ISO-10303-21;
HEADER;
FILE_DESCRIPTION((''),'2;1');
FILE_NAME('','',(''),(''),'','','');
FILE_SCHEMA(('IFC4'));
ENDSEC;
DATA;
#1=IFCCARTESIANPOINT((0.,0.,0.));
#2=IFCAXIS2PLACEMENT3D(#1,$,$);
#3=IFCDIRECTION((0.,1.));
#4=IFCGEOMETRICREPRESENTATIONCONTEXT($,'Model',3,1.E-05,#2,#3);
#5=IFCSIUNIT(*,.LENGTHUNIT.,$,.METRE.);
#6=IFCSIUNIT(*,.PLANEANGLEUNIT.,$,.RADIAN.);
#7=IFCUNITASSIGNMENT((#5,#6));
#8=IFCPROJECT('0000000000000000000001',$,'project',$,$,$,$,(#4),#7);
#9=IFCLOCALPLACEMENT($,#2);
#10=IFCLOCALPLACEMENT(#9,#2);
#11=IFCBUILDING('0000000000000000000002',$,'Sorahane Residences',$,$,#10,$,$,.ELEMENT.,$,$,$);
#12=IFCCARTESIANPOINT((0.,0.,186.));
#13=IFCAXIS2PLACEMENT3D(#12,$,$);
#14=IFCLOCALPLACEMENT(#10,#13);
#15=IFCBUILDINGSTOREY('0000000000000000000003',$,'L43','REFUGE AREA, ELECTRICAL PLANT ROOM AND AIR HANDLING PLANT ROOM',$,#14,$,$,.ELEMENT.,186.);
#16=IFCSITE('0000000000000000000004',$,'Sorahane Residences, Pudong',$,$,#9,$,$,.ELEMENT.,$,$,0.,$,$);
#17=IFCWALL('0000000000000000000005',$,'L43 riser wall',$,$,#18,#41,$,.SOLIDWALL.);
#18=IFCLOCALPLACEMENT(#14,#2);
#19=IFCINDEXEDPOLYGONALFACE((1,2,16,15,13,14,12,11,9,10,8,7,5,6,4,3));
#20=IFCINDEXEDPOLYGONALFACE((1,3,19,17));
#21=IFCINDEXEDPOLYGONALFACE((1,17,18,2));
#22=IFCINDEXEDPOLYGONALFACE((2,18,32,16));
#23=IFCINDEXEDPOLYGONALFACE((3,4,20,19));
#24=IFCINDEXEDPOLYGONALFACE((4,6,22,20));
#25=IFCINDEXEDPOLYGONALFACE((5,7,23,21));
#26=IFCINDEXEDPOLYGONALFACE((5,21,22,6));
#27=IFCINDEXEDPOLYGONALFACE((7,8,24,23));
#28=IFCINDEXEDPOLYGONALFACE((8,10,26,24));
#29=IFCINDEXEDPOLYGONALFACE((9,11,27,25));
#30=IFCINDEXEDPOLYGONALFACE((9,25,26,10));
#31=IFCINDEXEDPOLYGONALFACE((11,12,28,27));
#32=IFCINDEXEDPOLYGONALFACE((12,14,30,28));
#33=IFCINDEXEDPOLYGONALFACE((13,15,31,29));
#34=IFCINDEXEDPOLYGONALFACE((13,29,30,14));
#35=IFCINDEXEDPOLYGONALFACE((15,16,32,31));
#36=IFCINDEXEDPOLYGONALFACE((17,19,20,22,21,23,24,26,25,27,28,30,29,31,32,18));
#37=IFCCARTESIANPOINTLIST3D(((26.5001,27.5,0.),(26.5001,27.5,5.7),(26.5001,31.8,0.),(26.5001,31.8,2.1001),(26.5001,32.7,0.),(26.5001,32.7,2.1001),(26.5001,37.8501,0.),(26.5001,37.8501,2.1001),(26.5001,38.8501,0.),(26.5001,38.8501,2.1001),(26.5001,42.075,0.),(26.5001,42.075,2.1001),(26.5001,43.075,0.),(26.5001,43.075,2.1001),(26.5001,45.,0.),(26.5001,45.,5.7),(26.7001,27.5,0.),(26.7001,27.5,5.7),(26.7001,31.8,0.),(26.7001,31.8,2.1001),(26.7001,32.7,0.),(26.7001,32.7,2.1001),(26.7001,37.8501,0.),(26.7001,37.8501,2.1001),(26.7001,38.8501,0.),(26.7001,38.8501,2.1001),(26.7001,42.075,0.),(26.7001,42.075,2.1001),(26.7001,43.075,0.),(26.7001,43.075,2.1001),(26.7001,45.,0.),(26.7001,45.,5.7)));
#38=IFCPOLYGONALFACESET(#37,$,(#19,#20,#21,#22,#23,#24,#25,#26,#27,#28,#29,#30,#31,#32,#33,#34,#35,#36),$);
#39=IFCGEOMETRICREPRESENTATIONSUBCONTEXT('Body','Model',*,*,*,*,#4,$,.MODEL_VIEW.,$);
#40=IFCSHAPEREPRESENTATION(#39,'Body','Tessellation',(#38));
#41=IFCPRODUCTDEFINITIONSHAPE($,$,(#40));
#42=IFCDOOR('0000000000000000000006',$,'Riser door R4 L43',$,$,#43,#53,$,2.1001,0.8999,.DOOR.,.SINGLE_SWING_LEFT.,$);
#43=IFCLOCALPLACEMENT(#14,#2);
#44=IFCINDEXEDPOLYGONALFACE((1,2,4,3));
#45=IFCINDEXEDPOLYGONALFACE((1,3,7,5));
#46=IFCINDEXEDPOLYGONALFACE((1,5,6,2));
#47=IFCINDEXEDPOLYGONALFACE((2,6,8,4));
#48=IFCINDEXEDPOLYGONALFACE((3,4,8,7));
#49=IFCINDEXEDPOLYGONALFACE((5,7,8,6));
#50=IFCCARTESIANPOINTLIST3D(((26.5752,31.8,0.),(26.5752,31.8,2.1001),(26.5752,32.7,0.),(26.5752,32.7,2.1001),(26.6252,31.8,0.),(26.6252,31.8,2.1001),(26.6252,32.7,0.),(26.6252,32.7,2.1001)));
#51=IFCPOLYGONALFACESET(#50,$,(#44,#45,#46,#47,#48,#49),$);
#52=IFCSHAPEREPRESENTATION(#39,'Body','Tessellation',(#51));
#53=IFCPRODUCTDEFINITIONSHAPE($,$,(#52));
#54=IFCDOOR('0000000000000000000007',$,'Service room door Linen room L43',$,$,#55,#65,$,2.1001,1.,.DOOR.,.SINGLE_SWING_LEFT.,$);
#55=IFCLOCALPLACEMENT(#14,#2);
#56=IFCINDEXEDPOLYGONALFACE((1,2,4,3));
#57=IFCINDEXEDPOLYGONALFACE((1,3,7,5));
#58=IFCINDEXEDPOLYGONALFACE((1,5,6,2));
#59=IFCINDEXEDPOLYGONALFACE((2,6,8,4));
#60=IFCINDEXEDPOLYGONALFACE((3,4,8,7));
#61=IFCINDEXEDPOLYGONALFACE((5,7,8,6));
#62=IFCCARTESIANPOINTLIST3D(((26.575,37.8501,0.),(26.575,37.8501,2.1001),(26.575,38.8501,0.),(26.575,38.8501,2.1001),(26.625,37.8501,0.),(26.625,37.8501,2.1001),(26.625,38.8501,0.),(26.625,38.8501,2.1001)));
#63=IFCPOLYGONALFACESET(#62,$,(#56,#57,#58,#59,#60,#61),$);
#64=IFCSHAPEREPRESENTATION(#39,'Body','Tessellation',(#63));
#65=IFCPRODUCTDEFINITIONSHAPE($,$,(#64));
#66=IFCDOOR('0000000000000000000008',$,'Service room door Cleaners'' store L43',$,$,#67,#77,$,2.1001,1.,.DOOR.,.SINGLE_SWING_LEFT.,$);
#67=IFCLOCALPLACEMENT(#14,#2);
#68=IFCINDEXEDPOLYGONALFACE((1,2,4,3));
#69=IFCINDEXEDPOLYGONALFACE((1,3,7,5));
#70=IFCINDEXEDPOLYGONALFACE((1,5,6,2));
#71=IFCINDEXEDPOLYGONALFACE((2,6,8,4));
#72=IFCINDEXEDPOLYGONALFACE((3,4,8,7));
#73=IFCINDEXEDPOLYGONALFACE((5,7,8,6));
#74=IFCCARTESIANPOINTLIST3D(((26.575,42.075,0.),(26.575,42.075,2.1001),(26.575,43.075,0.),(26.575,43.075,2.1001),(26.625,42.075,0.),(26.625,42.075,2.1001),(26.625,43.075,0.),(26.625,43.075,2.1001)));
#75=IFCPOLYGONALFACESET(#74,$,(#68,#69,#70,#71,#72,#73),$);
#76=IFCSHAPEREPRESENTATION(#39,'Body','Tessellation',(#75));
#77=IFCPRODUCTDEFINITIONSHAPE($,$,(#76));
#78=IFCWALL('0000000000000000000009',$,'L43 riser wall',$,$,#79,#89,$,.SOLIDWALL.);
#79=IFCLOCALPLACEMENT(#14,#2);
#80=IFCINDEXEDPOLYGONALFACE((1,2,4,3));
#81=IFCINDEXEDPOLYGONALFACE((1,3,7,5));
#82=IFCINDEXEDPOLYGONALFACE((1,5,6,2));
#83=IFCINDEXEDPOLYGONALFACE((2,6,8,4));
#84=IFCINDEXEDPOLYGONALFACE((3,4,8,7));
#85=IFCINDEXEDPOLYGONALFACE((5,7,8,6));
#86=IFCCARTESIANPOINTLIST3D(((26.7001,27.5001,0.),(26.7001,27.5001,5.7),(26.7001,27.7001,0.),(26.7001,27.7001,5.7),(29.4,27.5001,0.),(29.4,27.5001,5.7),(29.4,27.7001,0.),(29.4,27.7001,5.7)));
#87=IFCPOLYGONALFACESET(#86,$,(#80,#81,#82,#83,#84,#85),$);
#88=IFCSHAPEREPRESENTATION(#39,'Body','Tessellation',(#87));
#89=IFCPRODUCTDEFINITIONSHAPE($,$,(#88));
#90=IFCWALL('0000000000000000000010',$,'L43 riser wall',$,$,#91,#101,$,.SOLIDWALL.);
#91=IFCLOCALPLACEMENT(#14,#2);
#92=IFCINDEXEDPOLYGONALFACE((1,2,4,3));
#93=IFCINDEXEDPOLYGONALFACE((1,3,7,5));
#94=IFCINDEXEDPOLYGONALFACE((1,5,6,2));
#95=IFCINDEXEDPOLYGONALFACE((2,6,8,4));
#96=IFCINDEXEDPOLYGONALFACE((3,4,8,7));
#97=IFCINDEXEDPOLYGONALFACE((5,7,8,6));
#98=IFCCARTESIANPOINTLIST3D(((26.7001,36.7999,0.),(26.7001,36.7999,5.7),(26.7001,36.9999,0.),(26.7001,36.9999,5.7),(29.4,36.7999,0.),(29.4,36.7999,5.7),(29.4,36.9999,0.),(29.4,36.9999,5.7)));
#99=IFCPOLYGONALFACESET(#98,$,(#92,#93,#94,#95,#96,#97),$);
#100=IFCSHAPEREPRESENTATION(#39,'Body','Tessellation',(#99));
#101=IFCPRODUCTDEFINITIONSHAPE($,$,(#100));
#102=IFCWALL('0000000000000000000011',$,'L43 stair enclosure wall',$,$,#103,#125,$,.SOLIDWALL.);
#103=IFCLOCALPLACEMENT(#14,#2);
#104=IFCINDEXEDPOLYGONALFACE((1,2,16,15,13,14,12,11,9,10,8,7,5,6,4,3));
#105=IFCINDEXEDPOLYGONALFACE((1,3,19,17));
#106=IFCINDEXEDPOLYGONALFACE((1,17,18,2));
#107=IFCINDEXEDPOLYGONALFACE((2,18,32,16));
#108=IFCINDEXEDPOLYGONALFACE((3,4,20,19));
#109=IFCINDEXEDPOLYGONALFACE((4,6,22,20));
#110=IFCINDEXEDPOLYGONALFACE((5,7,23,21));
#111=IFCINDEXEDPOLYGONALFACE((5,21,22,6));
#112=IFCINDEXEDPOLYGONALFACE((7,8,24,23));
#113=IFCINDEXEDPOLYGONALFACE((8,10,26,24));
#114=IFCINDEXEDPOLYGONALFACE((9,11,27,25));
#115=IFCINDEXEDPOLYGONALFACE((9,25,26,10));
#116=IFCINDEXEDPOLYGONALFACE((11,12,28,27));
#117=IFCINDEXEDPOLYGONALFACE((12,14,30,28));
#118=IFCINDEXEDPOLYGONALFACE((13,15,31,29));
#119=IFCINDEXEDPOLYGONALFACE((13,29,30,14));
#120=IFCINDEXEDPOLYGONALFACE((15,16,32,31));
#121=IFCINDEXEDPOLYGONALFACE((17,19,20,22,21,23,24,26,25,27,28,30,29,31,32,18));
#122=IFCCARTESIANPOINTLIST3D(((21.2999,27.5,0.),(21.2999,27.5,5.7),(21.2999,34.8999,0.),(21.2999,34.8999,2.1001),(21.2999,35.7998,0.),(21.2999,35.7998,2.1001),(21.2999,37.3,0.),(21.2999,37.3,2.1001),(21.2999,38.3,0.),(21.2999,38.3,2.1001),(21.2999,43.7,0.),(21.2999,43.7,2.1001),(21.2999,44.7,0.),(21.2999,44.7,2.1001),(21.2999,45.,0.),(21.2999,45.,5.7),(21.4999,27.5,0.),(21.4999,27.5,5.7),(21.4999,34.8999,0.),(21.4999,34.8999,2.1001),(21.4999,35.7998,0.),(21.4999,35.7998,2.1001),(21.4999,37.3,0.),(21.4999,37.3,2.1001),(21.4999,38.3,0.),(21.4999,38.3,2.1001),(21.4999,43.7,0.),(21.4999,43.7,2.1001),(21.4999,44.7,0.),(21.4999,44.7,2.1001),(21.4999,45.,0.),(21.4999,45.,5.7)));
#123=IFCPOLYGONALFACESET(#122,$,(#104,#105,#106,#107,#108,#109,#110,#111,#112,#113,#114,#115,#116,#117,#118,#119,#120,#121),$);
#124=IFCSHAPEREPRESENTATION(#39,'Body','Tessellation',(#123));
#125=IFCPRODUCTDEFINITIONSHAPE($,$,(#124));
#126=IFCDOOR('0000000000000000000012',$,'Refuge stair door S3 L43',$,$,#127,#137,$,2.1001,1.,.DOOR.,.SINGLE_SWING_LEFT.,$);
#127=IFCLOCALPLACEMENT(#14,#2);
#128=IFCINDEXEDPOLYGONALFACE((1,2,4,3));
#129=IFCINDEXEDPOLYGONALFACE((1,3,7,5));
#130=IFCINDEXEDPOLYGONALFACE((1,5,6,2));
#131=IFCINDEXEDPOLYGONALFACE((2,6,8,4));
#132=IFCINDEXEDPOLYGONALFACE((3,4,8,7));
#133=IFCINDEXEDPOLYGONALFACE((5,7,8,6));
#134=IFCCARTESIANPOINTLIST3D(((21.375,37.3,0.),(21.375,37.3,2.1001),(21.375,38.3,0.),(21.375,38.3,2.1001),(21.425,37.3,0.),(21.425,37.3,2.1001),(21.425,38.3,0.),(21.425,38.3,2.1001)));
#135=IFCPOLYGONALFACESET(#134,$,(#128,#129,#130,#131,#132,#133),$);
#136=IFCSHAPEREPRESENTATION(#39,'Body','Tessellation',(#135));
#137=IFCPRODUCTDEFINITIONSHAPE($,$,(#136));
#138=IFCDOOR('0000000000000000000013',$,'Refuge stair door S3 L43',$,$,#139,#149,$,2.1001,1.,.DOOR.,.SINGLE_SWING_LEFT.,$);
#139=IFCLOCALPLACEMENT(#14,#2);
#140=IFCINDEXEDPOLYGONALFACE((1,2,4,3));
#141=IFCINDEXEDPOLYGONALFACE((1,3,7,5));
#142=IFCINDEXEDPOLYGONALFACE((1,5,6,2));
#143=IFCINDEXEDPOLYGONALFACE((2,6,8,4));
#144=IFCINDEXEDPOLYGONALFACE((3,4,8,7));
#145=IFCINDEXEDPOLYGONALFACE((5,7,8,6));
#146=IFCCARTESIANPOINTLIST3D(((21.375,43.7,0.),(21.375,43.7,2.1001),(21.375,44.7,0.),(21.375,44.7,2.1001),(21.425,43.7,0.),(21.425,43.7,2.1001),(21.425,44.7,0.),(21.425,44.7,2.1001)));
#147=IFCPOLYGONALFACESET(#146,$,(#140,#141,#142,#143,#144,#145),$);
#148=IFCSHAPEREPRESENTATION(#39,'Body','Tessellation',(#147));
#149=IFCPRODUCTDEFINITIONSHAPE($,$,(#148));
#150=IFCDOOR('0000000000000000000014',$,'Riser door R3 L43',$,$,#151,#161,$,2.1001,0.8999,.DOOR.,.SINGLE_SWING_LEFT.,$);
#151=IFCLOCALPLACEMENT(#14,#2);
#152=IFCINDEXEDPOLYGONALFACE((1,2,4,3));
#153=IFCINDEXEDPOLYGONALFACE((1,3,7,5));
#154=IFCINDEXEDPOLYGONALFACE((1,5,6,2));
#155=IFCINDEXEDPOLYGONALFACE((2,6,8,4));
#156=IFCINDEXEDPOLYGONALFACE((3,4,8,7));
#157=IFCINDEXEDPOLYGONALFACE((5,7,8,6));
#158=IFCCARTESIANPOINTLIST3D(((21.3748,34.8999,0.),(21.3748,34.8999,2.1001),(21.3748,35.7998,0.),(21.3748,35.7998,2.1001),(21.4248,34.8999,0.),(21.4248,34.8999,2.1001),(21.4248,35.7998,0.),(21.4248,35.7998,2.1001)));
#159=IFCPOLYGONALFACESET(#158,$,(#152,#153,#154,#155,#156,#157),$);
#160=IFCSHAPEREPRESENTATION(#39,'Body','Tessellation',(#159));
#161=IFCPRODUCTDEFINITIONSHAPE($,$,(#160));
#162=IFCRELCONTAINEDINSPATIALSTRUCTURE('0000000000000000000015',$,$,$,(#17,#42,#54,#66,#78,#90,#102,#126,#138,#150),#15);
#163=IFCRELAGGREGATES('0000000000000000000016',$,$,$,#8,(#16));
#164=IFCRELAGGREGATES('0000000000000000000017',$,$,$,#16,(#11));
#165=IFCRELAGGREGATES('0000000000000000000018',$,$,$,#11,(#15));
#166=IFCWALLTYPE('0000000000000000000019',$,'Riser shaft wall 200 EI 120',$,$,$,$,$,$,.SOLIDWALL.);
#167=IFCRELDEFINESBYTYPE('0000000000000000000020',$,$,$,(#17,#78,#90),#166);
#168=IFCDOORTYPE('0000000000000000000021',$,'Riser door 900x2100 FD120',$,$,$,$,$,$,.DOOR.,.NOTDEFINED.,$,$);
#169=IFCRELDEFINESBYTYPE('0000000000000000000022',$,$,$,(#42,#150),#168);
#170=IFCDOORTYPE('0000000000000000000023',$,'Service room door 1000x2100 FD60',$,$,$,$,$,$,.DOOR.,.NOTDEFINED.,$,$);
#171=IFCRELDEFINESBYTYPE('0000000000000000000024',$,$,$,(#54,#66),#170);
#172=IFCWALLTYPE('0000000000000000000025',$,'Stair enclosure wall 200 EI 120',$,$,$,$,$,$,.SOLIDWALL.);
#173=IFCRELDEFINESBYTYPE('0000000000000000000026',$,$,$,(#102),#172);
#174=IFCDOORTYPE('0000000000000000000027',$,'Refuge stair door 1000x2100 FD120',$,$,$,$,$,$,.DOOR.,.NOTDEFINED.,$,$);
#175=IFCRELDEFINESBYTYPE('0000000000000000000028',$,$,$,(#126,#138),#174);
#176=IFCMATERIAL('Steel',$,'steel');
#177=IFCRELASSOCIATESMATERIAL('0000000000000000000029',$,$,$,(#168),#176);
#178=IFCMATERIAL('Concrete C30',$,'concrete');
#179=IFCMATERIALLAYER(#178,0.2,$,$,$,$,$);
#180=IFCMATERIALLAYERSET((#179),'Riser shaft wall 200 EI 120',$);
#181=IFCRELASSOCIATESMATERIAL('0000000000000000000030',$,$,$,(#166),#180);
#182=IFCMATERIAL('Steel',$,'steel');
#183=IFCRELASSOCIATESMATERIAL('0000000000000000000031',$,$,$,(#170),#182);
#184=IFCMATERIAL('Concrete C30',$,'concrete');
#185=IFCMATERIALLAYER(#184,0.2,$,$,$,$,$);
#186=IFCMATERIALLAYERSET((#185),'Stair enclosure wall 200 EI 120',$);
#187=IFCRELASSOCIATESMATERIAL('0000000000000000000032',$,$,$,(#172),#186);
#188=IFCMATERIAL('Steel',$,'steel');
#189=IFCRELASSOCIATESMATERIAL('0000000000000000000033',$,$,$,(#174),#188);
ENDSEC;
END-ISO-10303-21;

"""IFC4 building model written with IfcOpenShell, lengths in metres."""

from ifc_helpers import new_model, si_unit, direction, frame, frame_2d, origin, place, context, subcontext, project, spatial, rectangle, extrude, material, layer, layer_set, type_object, element, fill, save


model = new_model("IFC4")

# Units and contexts
model_context = context("Model", 3, precision=1e-05, world=origin(), true_north=direction((0.0, 1.0)))
body_context = subcontext(model_context, "Body", "Model", "MODEL_VIEW")
ifc_project = project(units=[si_unit("LENGTHUNIT", "METRE"), si_unit("PLANEANGLEUNIT", "RADIAN")], contexts=[model_context])

# Site, building, storey
site_placement = place(None, origin())
site = spatial("IfcSite", under=ifc_project, at=site_placement, Name="Sorahane Residences, Pudong", CompositionType="ELEMENT", RefElevation=0.0)
building_placement = place(site_placement, origin())
building = spatial("IfcBuilding", under=site, at=building_placement, Name="Sorahane Residences", CompositionType="ELEMENT")
storey_placement = place(building_placement, frame((0.0, 0.0, 186.0)))
storey = spatial("IfcBuildingStorey", under=building, at=storey_placement, Name="L43", Description="REFUGE AREA, ELECTRICAL PLANT ROOM AND AIR HANDLING PLANT ROOM", CompositionType="ELEMENT", Elevation=186.0)

# Shared definitions
ifc_material_1 = material(Name="Steel", Category="steel")
door_type_1 = type_object("IfcDoorType", Name="Riser door 900x2100 FD120", OperationType="NOTDEFINED", PredefinedType="DOOR", material=ifc_material_1)

# Wall, openings, doors
ifc_material_2 = material(Name="Concrete C30", Category="concrete")
ifc_layer_1 = layer(ifc_material_2, 0.2)
ifc_layer_set_1 = layer_set([ifc_layer_1], Name="Riser shaft wall 200 EI 120")
wall_type_1 = type_object("IfcWallType", Name="Riser shaft wall 200 EI 120", PredefinedType="SOLIDWALL", material=ifc_layer_set_1)
wall_1_placement = place(storey_placement, frame((26.6001, 27.5, 0.0), z_axis=(0.0, 0.0, 1.0), x_axis=(0.0, 1.0, 0.0)))
wall_1 = element("IfcWall", 1, at=wall_1_placement, inside=storey, type_object=wall_type_1, Name="L43 riser wall", PredefinedType="SOLIDWALL", context=body_context, shape_type="SweptSolid", body=[
    extrude(rectangle(XDim=17.5, YDim=0.2, at=frame_2d((8.75, 0.0))), origin(), (0.0, 0.0, 1.0), 5.7),
])
opening_1_placement = place(wall_1_placement, frame((4.3, 0.0, 0.0)))
opening_1 = element("IfcOpeningElement", 2, at=opening_1_placement, cuts=wall_1, PredefinedType="OPENING", context=body_context, shape_type="SweptSolid", body=[
    extrude(rectangle(XDim=0.8999, YDim=2.1001, at=frame_2d((0.45, 1.05))), frame((0.0, 0.1099, 0.0), z_axis=(0.0, -1.0, 0.0), x_axis=(1.0, 0.0, 0.0)), (0.0, 0.0, 1.0), 0.22),
])
opening_2_placement = place(wall_1_placement, frame((10.3501, 0.0, 0.0)))
opening_2 = element("IfcOpeningElement", 3, at=opening_2_placement, cuts=wall_1, PredefinedType="OPENING", context=body_context, shape_type="SweptSolid", body=[
    extrude(rectangle(XDim=1.0, YDim=2.1001, at=frame_2d((0.5, 1.05))), frame((0.0, 0.1099, 0.0), z_axis=(0.0, -1.0, 0.0), x_axis=(1.0, 0.0, 0.0)), (0.0, 0.0, 1.0), 0.22),
])
opening_3_placement = place(wall_1_placement, frame((14.575, 0.0, 0.0)))
opening_3 = element("IfcOpeningElement", 4, at=opening_3_placement, cuts=wall_1, PredefinedType="OPENING", context=body_context, shape_type="SweptSolid", body=[
    extrude(rectangle(XDim=1.0, YDim=2.1001, at=frame_2d((0.5, 1.05))), frame((0.0, 0.1099, 0.0), z_axis=(0.0, -1.0, 0.0), x_axis=(1.0, 0.0, 0.0)), (0.0, 0.0, 1.0), 0.22),
])
door_1_placement = place(opening_1_placement, origin())
door_1 = element("IfcDoor", 5, at=door_1_placement, inside=storey, type_object=door_type_1, Name="Riser door R4 L43", OperationType="SINGLE_SWING_LEFT", OverallHeight=2.1001, OverallWidth=0.8999, PredefinedType="DOOR", context=body_context, shape_type="SweptSolid", body=[
    extrude(rectangle(XDim=0.8999, YDim=2.1001, at=frame_2d((0.45, 1.05))), frame((0.0, 0.0249, 0.0), z_axis=(0.0, -1.0, 0.0), x_axis=(1.0, 0.0, 0.0)), (0.0, 0.0, 1.0), 0.05),
])
fill(opening_1, door_1)
ifc_material_3 = material(Name="Steel", Category="steel")
door_type_2 = type_object("IfcDoorType", Name="Service room door 1000x2100 FD60", OperationType="NOTDEFINED", PredefinedType="DOOR", material=ifc_material_3)
door_2_placement = place(opening_2_placement, frame((1.0, 0.0, 0.0), z_axis=(0.0, 0.0, 1.0), x_axis=(-1.0, 0.0, 0.0)))
door_2 = element("IfcDoor", 6, at=door_2_placement, inside=storey, type_object=door_type_2, Name="Service room door Linen room L43", OperationType="SINGLE_SWING_LEFT", OverallHeight=2.1001, OverallWidth=1.0, PredefinedType="DOOR", context=body_context, shape_type="SweptSolid", body=[
    extrude(rectangle(XDim=1.0, YDim=2.1001, at=frame_2d((0.5, 1.05))), frame((0.0, 0.0249, 0.0), z_axis=(0.0, -1.0, 0.0), x_axis=(1.0, 0.0, 0.0)), (0.0, 0.0, 1.0), 0.05),
])
fill(opening_2, door_2)
door_3_placement = place(opening_3_placement, frame((1.0, 0.0, 0.0), z_axis=(0.0, 0.0, 1.0), x_axis=(-1.0, 0.0, 0.0)))
door_3 = element("IfcDoor", 7, at=door_3_placement, inside=storey, type_object=door_type_2, Name="Service room door Cleaners' store L43", OperationType="SINGLE_SWING_LEFT", OverallHeight=2.1001, OverallWidth=1.0, PredefinedType="DOOR", context=body_context, shape_type="SweptSolid", body=[
    extrude(rectangle(XDim=1.0, YDim=2.1001, at=frame_2d((0.5, 1.05))), frame((0.0, 0.0249, 0.0), z_axis=(0.0, -1.0, 0.0), x_axis=(1.0, 0.0, 0.0)), (0.0, 0.0, 1.0), 0.05),
])
fill(opening_3, door_3)

# Walls
for number, where, z_axis, x_axis, name in (
    (8, (26.7, 27.6001, 0.0), (0.0, 0.0, 1.0), (1.0, 0.0, 0.0), "L43 riser wall"),
    (9, (26.7, 36.8999, 0.0), (0.0, 0.0, 1.0), (1.0, 0.0, 0.0), "L43 riser wall"),
):
    element("IfcWall", number, at=place(storey_placement, frame(where, z_axis=z_axis, x_axis=x_axis)), inside=storey, type_object=wall_type_1, Name=name, PredefinedType="SOLIDWALL", context=body_context, shape_type="SweptSolid", body=[
        extrude(rectangle(XDim=2.7, YDim=0.2, at=frame_2d((1.3501, 0.0))), origin(), (0.0, 0.0, 1.0), 5.7),
    ])

# Wall, openings, doors
ifc_material_4 = material(Name="Concrete C30", Category="concrete")
ifc_layer_2 = layer(ifc_material_4, 0.2)
ifc_layer_set_2 = layer_set([ifc_layer_2], Name="Stair enclosure wall 200 EI 120")
wall_type_2 = type_object("IfcWallType", Name="Stair enclosure wall 200 EI 120", PredefinedType="SOLIDWALL", material=ifc_layer_set_2)
wall_2_placement = place(storey_placement, frame((21.3999, 27.5, 0.0), z_axis=(0.0, 0.0, 1.0), x_axis=(0.0, 1.0, 0.0)))
wall_2 = element("IfcWall", 10, at=wall_2_placement, inside=storey, type_object=wall_type_2, Name="L43 stair enclosure wall", PredefinedType="SOLIDWALL", context=body_context, shape_type="SweptSolid", body=[
    extrude(rectangle(XDim=17.5, YDim=0.2, at=frame_2d((8.75, 0.0))), origin(), (0.0, 0.0, 1.0), 5.7),
])
opening_4_placement = place(wall_2_placement, frame((9.8, 0.0, 0.0)))
opening_4 = element("IfcOpeningElement", 11, at=opening_4_placement, cuts=wall_2, PredefinedType="OPENING", context=body_context, shape_type="SweptSolid", body=[
    extrude(rectangle(XDim=1.0, YDim=2.1001, at=frame_2d((0.5, 1.05))), frame((0.0, 0.1099, 0.0), z_axis=(0.0, -1.0, 0.0), x_axis=(1.0, 0.0, 0.0)), (0.0, 0.0, 1.0), 0.22),
])
opening_5_placement = place(wall_2_placement, frame((16.2, 0.0, 0.0)))
opening_5 = element("IfcOpeningElement", 12, at=opening_5_placement, cuts=wall_2, PredefinedType="OPENING", context=body_context, shape_type="SweptSolid", body=[
    extrude(rectangle(XDim=1.0, YDim=2.1001, at=frame_2d((0.5, 1.05))), frame((0.0, 0.1099, 0.0), z_axis=(0.0, -1.0, 0.0), x_axis=(1.0, 0.0, 0.0)), (0.0, 0.0, 1.0), 0.22),
])
opening_6_placement = place(wall_2_placement, frame((7.3999, 0.0, 0.0)))
opening_6 = element("IfcOpeningElement", 13, at=opening_6_placement, cuts=wall_2, PredefinedType="OPENING", context=body_context, shape_type="SweptSolid", body=[
    extrude(rectangle(XDim=0.8999, YDim=2.1001, at=frame_2d((0.45, 1.05))), frame((0.0, 0.1099, 0.0), z_axis=(0.0, -1.0, 0.0), x_axis=(1.0, 0.0, 0.0)), (0.0, 0.0, 1.0), 0.22),
])
ifc_material_5 = material(Name="Steel", Category="steel")
door_type_3 = type_object("IfcDoorType", Name="Refuge stair door 1000x2100 FD120", OperationType="NOTDEFINED", PredefinedType="DOOR", material=ifc_material_5)
door_4_placement = place(opening_4_placement, origin())
door_4 = element("IfcDoor", 14, at=door_4_placement, inside=storey, type_object=door_type_3, Name="Refuge stair door S3 L43", OperationType="SINGLE_SWING_LEFT", OverallHeight=2.1001, OverallWidth=1.0, PredefinedType="DOOR", context=body_context, shape_type="SweptSolid", body=[
    extrude(rectangle(XDim=1.0, YDim=2.1001, at=frame_2d((0.5, 1.05))), frame((0.0, 0.0249, 0.0), z_axis=(0.0, -1.0, 0.0), x_axis=(1.0, 0.0, 0.0)), (0.0, 0.0, 1.0), 0.05),
])
fill(opening_4, door_4)
door_5_placement = place(opening_5_placement, origin())
door_5 = element("IfcDoor", 15, at=door_5_placement, inside=storey, type_object=door_type_3, Name="Refuge stair door S3 L43", OperationType="SINGLE_SWING_LEFT", OverallHeight=2.1001, OverallWidth=1.0, PredefinedType="DOOR", context=body_context, shape_type="SweptSolid", body=[
    extrude(rectangle(XDim=1.0, YDim=2.1001, at=frame_2d((0.5, 1.05))), frame((0.0, 0.0249, 0.0), z_axis=(0.0, -1.0, 0.0), x_axis=(1.0, 0.0, 0.0)), (0.0, 0.0, 1.0), 0.05),
])
fill(opening_5, door_5)
door_6_placement = place(opening_6_placement, frame((0.8999, 0.0, 0.0), z_axis=(0.0, 0.0, 1.0), x_axis=(-1.0, 0.0, 0.0)))
door_6 = element("IfcDoor", 16, at=door_6_placement, inside=storey, type_object=door_type_1, Name="Riser door R3 L43", OperationType="SINGLE_SWING_LEFT", OverallHeight=2.1001, OverallWidth=0.8999, PredefinedType="DOOR", context=body_context, shape_type="SweptSolid", body=[
    extrude(rectangle(XDim=0.8999, YDim=2.1001, at=frame_2d((0.45, 1.05))), frame((0.0, 0.0249, 0.0), z_axis=(0.0, -1.0, 0.0), x_axis=(1.0, 0.0, 0.0)), (0.0, 0.0, 1.0), 0.05),
])
fill(opening_6, door_6)

save(model, "model.ifc")
